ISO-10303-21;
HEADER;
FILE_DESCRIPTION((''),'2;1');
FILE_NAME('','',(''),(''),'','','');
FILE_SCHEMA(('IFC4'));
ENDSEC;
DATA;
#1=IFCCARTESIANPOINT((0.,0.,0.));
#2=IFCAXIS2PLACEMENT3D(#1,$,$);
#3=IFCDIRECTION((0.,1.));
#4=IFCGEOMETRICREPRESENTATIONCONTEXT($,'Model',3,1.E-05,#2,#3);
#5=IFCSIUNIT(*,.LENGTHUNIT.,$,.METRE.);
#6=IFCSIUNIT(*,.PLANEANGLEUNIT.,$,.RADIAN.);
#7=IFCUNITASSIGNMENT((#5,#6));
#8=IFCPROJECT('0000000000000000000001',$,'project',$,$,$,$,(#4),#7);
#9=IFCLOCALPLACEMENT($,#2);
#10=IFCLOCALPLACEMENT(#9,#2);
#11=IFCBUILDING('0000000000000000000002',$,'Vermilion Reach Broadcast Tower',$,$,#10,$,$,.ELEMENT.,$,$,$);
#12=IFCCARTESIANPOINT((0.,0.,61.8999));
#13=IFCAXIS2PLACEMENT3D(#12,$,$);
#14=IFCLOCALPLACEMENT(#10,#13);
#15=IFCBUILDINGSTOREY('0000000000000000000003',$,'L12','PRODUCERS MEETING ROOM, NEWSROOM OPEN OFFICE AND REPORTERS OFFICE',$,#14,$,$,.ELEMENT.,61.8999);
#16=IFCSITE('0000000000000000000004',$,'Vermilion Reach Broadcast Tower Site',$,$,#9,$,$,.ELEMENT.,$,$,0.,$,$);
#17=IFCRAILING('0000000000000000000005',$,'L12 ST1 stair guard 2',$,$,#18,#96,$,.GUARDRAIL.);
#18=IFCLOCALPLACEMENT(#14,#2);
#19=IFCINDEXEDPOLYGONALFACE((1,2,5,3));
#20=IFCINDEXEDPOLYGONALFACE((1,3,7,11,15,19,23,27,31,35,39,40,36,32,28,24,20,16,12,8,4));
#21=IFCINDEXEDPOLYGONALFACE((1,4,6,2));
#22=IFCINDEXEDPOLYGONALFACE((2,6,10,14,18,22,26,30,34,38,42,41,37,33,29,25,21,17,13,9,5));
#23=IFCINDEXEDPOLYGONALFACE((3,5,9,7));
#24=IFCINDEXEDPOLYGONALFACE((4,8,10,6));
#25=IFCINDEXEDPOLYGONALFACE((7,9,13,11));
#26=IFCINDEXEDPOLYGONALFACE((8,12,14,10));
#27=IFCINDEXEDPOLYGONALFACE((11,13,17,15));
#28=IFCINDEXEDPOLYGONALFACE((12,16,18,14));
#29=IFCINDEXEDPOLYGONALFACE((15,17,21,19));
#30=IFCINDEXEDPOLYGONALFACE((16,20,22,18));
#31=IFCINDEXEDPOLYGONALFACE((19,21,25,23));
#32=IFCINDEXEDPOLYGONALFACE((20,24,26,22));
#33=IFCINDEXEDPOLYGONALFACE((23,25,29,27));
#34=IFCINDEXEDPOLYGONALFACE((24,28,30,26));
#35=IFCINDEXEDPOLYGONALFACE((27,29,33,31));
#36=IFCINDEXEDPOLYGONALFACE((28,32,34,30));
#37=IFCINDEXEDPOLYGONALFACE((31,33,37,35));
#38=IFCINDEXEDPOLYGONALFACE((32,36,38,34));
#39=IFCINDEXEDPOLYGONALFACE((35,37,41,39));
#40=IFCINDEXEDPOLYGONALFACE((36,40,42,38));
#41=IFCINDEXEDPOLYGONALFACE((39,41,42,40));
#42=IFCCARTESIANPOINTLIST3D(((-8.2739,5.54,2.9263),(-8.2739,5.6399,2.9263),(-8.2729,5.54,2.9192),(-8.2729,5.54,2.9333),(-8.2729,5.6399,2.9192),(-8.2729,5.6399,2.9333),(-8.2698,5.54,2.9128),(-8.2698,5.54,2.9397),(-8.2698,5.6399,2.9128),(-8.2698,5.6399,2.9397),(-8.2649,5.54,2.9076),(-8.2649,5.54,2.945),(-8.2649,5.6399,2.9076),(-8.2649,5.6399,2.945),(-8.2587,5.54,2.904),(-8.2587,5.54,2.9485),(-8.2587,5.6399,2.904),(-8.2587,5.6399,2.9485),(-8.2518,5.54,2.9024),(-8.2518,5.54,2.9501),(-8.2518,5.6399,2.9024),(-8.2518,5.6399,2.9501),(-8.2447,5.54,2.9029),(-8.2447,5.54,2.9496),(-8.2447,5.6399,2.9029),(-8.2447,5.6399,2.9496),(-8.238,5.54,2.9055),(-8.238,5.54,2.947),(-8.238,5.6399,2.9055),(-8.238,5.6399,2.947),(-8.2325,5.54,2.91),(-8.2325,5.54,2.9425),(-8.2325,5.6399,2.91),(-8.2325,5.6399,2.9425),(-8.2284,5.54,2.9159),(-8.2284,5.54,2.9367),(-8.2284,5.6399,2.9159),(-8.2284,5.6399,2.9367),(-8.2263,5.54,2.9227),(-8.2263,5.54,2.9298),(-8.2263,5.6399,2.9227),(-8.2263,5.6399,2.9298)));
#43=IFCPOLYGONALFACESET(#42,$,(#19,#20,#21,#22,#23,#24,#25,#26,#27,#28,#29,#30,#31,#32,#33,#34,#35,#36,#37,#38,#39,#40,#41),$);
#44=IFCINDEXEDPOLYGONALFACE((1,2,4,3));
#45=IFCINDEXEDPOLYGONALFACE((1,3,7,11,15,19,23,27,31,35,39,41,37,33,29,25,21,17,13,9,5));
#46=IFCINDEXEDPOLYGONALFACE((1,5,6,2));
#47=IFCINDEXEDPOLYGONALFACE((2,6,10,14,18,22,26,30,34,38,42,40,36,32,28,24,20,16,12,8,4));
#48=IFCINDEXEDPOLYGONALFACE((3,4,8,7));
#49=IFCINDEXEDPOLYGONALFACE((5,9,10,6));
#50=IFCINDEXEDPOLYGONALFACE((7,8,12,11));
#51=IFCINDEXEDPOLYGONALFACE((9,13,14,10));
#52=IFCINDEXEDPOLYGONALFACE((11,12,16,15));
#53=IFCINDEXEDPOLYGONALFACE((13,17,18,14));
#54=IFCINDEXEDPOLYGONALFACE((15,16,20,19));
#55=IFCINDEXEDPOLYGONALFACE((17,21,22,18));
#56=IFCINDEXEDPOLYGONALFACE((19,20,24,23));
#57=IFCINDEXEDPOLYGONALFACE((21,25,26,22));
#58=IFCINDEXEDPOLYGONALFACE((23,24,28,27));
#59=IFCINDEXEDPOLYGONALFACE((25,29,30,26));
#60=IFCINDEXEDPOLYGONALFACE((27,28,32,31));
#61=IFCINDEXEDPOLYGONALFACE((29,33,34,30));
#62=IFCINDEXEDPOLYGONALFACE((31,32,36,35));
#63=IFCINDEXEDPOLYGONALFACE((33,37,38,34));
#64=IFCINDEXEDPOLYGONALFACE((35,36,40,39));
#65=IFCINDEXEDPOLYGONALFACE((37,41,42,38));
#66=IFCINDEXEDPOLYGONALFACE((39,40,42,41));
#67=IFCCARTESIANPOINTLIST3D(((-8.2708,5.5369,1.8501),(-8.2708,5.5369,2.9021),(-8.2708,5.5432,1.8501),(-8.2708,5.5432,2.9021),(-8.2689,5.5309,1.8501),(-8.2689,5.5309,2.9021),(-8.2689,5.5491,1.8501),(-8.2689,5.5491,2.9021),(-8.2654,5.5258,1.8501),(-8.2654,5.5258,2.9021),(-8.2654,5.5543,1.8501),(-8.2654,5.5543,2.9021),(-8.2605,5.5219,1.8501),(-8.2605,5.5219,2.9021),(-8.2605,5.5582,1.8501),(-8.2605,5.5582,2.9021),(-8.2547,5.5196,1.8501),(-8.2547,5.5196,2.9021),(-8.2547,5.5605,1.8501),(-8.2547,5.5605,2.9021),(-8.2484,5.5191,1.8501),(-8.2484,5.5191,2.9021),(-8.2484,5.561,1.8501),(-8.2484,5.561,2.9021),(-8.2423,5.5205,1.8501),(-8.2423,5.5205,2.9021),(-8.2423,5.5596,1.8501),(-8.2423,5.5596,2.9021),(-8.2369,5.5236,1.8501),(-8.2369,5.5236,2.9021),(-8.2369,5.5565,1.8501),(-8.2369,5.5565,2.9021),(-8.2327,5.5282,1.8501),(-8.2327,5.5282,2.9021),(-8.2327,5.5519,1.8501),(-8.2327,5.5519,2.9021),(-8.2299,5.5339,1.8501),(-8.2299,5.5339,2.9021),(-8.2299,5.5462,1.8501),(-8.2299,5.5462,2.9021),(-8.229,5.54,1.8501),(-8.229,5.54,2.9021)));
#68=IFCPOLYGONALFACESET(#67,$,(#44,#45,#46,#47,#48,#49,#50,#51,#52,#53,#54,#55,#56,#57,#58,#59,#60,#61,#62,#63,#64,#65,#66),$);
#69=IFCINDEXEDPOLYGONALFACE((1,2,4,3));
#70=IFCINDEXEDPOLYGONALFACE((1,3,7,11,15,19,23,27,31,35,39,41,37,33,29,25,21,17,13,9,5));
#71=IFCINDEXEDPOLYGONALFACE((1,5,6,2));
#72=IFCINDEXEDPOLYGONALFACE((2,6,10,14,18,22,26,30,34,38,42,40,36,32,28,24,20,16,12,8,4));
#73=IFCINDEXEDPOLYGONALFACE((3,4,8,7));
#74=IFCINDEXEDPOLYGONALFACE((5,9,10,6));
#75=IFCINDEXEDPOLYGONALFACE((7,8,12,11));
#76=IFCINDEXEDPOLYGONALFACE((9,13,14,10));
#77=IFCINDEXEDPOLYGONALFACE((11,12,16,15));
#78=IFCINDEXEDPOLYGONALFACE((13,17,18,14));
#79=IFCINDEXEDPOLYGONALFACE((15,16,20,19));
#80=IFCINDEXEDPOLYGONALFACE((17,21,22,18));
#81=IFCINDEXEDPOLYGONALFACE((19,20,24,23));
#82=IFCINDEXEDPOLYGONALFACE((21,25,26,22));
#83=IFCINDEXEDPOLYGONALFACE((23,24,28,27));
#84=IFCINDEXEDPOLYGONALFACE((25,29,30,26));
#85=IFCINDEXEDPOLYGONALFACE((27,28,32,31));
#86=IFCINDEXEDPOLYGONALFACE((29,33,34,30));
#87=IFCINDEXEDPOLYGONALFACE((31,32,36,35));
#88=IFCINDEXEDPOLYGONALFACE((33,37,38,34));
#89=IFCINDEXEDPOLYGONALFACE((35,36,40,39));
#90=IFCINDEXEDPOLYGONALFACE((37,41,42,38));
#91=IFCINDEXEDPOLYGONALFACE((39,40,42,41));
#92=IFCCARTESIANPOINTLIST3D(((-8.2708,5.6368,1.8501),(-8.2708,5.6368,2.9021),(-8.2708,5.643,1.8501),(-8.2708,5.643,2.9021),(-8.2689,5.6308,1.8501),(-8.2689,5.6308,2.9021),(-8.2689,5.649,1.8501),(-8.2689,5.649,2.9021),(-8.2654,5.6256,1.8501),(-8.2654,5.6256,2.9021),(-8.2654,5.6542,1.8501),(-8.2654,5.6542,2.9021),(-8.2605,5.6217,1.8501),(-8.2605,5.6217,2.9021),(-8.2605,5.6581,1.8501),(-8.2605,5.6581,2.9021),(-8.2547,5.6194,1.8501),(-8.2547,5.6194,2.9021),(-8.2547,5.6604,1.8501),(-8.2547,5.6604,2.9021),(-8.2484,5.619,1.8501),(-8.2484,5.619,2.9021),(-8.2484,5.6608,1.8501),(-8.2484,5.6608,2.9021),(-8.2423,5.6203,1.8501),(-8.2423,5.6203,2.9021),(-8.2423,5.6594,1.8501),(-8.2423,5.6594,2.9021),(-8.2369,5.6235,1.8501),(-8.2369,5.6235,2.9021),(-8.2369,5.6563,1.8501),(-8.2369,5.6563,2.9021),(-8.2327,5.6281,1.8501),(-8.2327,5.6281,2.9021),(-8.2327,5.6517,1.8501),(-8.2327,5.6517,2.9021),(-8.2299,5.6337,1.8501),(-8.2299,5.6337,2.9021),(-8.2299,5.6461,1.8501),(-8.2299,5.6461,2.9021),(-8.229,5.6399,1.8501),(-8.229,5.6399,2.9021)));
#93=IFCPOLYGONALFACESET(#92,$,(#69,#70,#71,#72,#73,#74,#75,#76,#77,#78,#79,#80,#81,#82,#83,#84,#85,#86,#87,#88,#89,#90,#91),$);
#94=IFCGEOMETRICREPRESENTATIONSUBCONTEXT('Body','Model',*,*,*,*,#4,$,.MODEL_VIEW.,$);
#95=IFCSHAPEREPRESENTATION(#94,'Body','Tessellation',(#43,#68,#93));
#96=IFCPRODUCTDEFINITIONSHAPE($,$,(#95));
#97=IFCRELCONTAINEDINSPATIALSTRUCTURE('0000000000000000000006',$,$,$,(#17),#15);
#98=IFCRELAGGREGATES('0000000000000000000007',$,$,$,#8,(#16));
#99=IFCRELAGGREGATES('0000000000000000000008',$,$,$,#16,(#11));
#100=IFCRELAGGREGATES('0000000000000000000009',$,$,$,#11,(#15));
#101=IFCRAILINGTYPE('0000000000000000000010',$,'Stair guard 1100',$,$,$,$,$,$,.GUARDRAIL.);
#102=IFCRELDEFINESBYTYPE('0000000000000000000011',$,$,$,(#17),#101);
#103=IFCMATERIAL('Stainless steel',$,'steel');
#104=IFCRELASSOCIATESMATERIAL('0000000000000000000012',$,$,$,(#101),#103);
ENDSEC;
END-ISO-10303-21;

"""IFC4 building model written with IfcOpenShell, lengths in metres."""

from ifc_helpers import new_model, si_unit, direction, frame, origin, origin_2d, place, context, subcontext, project, spatial, circle, extrude, material, type_object, element, save


model = new_model("IFC4")

# Units and contexts
model_context = context("Model", 3, precision=1e-05, world=origin(), true_north=direction((0.0, 1.0)))
body_context = subcontext(model_context, "Body", "Model", "MODEL_VIEW")
ifc_project = project(units=[si_unit("LENGTHUNIT", "METRE"), si_unit("PLANEANGLEUNIT", "RADIAN")], contexts=[model_context])

# Site, building, storey
site_placement = place(None, origin())
site = spatial("IfcSite", under=ifc_project, at=site_placement, Name="Vermilion Reach Broadcast Tower Site", CompositionType="ELEMENT", RefElevation=0.0)
building_placement = place(site_placement, origin())
building = spatial("IfcBuilding", under=site, at=building_placement, Name="Vermilion Reach Broadcast Tower", CompositionType="ELEMENT")
storey_placement = place(building_placement, frame((0.0, 0.0, 61.8999)))
storey = spatial("IfcBuildingStorey", under=building, at=storey_placement, Name="L12", Description="PRODUCERS MEETING ROOM, NEWSROOM OPEN OFFICE AND REPORTERS OFFICE", CompositionType="ELEMENT", Elevation=61.8999)

# Railing
ifc_material_1 = material(Name="Stainless steel", Category="steel")
railing_type_1 = type_object("IfcRailingType", Name="Stair guard 1100", PredefinedType="GUARDRAIL", material=ifc_material_1)
railing_1_placement = place(storey_placement, frame((-8.25, 5.54, 1.8501)))
element("IfcRailing", 1, at=railing_1_placement, inside=storey, type_object=railing_type_1, Name="L12 ST1 stair guard 2", PredefinedType="GUARDRAIL", context=body_context, shape_type="SweptSolid", body=[
    extrude(circle(Radius=0.0239, at=origin_2d()), frame((0.0, 0.0, 1.0762), z_axis=(0.0, 1.0, 0.0), x_axis=(-1.0, 0.0, 0.0)), (0.0, 0.0, 1.0), 0.0999),
    extrude(circle(Radius=0.021, at=origin_2d()), origin(), (0.0, 0.0, 1.0), 1.052),
    extrude(circle(Radius=0.021, at=origin_2d()), frame((0.0, 0.0999, 0.0)), (0.0, 0.0, 1.0), 1.052),
])

save(model, "model.ifc")
